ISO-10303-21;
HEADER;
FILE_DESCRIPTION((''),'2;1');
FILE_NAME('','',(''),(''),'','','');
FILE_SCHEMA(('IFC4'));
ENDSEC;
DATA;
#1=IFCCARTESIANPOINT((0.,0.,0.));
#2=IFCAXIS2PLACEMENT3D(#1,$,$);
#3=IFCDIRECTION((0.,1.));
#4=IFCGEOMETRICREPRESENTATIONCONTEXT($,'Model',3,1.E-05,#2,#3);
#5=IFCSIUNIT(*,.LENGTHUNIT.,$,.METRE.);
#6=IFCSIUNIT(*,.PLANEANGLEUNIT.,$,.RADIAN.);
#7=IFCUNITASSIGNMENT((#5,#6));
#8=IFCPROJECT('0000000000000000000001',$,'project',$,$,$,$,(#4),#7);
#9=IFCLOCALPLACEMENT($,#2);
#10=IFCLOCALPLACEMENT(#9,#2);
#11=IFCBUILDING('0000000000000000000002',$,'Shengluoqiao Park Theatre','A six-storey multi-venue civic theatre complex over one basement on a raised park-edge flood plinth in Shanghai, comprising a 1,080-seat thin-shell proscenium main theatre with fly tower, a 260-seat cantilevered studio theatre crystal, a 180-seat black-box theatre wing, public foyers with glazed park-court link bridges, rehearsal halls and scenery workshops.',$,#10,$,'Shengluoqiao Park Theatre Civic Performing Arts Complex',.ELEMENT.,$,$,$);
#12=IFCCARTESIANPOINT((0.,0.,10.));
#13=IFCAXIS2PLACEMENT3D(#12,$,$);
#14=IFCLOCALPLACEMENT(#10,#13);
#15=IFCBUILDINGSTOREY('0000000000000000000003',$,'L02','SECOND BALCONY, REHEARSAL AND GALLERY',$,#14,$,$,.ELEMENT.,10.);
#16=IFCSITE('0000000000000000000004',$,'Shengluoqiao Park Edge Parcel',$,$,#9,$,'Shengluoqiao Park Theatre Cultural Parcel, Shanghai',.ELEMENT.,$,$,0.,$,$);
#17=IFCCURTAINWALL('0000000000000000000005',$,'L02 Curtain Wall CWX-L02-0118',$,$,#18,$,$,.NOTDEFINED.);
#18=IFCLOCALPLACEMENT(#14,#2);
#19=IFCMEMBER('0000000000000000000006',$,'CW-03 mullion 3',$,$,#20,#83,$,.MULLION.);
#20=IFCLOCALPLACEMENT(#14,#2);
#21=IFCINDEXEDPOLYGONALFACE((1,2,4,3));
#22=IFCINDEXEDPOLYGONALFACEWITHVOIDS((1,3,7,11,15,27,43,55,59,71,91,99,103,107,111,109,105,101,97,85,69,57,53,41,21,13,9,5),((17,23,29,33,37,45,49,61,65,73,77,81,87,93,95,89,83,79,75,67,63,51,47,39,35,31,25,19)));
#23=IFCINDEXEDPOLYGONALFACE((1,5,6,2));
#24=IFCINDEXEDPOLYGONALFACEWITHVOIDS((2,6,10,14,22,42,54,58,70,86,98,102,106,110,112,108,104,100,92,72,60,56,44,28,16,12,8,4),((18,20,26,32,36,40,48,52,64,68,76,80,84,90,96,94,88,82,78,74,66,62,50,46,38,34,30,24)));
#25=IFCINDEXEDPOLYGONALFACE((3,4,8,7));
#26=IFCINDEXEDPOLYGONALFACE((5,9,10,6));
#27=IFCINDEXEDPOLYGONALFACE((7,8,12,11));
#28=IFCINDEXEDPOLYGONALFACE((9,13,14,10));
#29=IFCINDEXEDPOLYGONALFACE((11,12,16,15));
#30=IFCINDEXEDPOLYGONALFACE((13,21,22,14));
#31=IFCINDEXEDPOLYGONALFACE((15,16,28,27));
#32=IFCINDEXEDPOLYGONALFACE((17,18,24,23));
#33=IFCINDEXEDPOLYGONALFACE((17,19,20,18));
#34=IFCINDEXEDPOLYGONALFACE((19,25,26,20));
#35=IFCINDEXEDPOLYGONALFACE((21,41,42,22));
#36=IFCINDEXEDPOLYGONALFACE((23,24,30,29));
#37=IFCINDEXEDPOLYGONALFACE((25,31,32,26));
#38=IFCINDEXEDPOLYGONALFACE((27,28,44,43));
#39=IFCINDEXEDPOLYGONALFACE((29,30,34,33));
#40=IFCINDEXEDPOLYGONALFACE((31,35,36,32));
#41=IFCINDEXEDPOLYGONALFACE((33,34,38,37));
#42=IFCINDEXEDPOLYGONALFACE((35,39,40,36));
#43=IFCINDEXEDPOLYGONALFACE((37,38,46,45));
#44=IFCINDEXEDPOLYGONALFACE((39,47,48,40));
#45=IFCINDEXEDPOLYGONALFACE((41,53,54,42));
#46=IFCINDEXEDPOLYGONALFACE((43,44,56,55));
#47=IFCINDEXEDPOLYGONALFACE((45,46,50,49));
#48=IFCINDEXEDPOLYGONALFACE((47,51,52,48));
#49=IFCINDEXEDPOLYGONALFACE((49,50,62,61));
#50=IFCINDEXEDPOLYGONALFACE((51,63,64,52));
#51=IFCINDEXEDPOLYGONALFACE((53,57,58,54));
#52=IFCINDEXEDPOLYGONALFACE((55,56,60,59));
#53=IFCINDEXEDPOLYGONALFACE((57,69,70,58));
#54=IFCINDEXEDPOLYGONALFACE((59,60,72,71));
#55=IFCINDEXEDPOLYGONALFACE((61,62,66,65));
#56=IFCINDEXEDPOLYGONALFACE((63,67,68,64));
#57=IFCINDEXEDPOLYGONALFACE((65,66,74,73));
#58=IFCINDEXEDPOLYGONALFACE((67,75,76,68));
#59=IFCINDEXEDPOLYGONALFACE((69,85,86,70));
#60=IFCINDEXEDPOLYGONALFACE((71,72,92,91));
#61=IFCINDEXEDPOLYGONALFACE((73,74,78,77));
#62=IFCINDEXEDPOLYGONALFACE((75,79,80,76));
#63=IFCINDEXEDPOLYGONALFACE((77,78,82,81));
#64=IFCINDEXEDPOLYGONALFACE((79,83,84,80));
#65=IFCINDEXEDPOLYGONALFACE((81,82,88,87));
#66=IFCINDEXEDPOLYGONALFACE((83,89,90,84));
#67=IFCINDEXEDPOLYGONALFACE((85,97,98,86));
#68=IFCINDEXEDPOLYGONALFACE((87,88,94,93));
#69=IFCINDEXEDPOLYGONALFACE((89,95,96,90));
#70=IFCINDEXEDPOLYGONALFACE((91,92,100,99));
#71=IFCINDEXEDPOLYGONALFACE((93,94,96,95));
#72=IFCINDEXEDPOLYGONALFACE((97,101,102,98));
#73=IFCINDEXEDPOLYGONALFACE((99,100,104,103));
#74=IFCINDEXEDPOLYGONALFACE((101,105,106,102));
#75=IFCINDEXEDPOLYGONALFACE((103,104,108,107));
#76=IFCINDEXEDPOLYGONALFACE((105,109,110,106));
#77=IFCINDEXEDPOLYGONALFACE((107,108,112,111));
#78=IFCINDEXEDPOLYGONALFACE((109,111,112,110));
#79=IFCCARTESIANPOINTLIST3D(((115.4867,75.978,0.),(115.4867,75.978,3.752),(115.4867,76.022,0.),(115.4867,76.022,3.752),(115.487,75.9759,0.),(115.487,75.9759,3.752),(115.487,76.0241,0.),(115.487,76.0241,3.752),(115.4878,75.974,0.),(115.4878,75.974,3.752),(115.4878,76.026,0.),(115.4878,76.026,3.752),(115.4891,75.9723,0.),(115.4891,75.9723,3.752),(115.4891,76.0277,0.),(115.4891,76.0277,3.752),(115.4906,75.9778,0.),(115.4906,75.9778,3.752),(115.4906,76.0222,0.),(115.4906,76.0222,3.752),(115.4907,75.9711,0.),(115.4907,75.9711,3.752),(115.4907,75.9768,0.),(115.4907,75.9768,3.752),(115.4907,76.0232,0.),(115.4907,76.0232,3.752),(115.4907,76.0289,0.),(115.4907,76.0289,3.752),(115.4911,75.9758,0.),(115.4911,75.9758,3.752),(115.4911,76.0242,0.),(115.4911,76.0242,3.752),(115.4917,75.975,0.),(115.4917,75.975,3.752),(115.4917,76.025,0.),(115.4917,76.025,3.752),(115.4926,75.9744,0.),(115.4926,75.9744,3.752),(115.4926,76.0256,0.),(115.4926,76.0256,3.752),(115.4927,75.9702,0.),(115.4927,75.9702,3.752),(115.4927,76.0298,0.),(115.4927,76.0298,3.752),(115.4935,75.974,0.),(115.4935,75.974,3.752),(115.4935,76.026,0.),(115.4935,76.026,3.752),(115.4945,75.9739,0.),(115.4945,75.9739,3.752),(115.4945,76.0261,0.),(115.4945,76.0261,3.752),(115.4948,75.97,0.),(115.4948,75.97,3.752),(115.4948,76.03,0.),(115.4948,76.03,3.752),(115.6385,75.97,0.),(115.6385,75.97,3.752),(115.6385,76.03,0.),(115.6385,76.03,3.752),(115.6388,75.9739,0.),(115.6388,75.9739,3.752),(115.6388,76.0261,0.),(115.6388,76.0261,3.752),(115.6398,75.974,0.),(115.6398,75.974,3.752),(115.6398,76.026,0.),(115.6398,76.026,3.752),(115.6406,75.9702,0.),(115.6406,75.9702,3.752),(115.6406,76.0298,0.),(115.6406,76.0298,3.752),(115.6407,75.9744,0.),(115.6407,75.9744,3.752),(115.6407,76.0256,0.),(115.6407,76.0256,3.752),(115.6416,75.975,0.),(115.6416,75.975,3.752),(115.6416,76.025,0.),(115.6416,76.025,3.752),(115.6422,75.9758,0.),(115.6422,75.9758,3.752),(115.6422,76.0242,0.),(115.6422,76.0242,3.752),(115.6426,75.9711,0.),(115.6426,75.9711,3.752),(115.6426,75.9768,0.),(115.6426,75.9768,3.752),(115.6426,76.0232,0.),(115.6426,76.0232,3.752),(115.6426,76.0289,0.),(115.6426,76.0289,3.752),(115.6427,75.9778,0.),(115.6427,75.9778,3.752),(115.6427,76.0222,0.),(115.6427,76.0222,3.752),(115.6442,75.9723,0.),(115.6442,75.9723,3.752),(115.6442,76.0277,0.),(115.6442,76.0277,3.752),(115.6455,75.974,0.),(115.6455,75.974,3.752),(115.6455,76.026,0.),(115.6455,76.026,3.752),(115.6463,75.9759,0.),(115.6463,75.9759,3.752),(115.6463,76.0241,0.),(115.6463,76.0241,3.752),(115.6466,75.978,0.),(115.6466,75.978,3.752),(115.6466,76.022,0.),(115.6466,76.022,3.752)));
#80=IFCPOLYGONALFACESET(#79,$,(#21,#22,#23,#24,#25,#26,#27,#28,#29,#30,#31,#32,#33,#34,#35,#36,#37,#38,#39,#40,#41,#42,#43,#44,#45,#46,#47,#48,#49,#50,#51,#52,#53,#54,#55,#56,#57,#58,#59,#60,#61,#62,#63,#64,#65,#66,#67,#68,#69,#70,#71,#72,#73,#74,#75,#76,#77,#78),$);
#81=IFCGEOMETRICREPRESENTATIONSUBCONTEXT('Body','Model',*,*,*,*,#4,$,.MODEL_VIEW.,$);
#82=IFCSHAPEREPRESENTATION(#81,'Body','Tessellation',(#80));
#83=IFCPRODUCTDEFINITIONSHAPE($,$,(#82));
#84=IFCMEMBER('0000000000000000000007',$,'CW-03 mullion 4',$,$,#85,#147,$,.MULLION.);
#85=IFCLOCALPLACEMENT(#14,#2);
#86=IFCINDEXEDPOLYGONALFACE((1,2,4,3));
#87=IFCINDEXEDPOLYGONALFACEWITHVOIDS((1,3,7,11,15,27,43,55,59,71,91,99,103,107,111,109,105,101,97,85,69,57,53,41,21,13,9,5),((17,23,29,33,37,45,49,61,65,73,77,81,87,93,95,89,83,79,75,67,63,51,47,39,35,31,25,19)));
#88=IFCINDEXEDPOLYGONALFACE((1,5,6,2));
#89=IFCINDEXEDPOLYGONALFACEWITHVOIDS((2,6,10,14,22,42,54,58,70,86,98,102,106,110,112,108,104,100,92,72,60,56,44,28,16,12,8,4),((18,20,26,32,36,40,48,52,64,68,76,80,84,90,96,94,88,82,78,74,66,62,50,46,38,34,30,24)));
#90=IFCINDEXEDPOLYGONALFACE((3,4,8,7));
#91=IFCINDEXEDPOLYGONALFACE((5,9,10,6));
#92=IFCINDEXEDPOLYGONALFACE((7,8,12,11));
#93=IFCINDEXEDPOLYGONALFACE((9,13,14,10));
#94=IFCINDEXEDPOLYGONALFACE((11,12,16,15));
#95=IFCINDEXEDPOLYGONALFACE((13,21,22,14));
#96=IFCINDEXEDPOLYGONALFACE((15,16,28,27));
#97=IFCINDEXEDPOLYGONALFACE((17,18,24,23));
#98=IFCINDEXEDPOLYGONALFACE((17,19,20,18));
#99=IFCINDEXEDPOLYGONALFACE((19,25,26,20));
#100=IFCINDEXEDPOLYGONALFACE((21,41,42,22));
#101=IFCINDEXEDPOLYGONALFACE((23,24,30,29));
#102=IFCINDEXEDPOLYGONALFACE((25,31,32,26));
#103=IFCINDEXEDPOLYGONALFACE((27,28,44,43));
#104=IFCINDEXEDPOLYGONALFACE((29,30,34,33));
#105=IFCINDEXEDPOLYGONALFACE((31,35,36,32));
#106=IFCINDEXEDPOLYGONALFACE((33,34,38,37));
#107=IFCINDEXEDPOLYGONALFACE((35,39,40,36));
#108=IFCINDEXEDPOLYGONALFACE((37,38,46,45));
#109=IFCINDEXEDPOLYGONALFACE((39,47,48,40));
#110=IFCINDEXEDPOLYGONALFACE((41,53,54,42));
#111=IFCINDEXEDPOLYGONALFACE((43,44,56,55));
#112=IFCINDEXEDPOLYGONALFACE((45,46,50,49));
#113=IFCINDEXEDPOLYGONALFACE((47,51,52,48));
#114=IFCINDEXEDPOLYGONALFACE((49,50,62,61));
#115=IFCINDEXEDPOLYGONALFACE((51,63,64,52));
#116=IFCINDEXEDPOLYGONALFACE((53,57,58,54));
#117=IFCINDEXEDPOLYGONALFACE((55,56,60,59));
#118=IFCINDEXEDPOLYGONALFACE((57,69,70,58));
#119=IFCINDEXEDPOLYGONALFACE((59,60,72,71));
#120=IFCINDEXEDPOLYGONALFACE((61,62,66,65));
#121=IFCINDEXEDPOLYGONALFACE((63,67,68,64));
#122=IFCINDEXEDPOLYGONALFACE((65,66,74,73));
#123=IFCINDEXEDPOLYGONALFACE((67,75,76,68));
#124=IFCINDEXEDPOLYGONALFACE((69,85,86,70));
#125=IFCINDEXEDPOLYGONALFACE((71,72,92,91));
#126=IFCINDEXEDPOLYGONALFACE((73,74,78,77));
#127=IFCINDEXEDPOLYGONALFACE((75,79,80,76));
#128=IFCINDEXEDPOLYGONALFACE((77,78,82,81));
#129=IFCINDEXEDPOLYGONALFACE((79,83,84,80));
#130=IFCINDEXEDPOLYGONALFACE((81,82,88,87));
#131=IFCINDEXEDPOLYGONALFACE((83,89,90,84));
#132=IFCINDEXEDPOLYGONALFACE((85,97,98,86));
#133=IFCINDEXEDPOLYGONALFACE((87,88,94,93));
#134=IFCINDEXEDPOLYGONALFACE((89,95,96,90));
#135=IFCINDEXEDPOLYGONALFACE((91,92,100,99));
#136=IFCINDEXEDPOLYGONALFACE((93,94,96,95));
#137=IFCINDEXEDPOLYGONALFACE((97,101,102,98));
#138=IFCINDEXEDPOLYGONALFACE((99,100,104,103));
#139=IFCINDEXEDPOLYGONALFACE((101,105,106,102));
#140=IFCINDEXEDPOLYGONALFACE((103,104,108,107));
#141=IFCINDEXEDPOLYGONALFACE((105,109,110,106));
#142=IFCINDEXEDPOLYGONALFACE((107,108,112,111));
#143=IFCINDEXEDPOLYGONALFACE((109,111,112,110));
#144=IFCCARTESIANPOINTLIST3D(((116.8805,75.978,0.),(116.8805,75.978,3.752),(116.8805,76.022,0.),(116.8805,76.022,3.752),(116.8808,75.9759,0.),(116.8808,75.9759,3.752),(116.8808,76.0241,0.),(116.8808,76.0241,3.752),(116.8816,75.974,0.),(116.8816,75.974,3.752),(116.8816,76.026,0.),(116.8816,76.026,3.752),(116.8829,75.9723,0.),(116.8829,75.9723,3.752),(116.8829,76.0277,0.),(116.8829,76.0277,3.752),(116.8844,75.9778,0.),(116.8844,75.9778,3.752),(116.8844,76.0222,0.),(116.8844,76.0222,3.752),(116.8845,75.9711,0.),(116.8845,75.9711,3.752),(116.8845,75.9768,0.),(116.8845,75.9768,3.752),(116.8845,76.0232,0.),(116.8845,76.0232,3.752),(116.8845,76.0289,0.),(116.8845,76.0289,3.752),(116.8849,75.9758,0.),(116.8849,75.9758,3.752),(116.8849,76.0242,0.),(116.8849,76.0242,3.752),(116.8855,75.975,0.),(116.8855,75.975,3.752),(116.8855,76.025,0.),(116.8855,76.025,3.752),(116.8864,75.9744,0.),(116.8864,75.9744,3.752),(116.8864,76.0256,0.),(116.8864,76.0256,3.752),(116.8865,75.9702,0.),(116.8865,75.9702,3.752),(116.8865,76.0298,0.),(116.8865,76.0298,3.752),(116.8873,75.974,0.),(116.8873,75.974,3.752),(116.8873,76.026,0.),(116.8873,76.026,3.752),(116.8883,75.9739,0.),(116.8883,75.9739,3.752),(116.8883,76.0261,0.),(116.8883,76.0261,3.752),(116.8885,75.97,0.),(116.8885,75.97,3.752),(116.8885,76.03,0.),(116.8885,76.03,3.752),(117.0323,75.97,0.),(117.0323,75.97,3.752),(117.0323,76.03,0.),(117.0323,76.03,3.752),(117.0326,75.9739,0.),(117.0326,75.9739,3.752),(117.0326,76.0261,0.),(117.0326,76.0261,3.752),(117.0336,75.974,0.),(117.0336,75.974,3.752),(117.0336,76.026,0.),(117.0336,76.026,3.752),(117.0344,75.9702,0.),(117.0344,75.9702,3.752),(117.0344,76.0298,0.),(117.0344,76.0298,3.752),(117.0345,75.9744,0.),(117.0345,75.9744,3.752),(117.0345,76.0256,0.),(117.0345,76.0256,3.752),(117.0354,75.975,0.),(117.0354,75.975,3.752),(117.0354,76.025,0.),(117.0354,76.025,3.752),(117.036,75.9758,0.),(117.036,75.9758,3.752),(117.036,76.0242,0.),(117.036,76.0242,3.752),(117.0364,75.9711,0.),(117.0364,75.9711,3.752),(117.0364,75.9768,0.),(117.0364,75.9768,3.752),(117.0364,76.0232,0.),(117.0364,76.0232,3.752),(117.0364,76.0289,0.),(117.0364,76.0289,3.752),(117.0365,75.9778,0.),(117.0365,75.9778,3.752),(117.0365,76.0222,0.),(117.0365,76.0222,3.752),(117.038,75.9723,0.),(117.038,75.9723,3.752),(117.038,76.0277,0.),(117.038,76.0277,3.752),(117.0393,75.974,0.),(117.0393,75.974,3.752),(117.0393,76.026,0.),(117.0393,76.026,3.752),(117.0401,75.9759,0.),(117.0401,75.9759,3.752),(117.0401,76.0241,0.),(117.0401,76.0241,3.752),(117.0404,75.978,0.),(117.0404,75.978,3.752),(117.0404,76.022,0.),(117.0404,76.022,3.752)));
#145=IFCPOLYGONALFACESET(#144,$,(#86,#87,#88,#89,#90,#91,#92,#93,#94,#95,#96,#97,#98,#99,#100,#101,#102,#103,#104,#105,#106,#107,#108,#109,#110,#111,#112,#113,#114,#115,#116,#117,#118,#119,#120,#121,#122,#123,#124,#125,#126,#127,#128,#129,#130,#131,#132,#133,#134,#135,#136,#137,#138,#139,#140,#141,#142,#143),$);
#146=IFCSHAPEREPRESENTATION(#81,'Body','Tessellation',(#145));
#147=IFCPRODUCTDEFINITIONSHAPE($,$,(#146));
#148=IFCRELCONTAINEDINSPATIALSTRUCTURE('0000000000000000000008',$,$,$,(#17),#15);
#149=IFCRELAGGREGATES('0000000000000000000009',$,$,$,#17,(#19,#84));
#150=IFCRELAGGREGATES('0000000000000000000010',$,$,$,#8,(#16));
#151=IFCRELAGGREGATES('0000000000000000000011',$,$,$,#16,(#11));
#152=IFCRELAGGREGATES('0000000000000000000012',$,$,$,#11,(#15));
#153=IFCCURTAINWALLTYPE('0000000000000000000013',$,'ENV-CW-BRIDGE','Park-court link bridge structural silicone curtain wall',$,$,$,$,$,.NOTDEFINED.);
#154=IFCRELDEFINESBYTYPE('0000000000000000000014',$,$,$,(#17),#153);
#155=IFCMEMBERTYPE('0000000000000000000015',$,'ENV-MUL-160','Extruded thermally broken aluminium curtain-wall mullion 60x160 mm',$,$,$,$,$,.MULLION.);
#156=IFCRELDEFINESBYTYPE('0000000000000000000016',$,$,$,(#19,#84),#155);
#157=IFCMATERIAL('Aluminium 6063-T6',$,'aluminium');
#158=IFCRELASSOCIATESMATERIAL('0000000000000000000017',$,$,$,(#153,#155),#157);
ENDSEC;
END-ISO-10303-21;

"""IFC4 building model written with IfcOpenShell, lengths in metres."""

from ifc_helpers import new_model, si_unit, direction, frame, origin, origin_2d, place, context, subcontext, project, spatial, hollow_rectangle, extrude, material, material_profile, profile_set, type_object, element, aggregate, save


model = new_model("IFC4")

# Units and contexts
model_context = context("Model", 3, precision=1e-05, world=origin(), true_north=direction((0.0, 1.0)))
body_context = subcontext(model_context, "Body", "Model", "MODEL_VIEW")
ifc_project = project(units=[si_unit("LENGTHUNIT", "METRE"), si_unit("PLANEANGLEUNIT", "RADIAN")], contexts=[model_context])

# Site, building, storey
site_placement = place(None, origin())
site = spatial("IfcSite", under=ifc_project, at=site_placement, Name="Shengluoqiao Park Edge Parcel", LongName="Shengluoqiao Park Theatre Cultural Parcel, Shanghai", CompositionType="ELEMENT", RefElevation=0.0)
building_placement = place(site_placement, origin())
building = spatial("IfcBuilding", under=site, at=building_placement, Name="Shengluoqiao Park Theatre", Description="A six-storey multi-venue civic theatre complex over one basement on a raised park-edge flood plinth in Shanghai, comprising a 1,080-seat thin-shell proscenium main theatre with fly tower, a 260-seat cantilevered studio theatre crystal, a 180-seat black-box theatre wing, public foyers with glazed park-court link bridges, rehearsal halls and scenery workshops.", LongName="Shengluoqiao Park Theatre Civic Performing Arts Complex", CompositionType="ELEMENT")
storey_placement = place(building_placement, frame((0.0, 0.0, 10.0)))
storey = spatial("IfcBuildingStorey", under=building, at=storey_placement, Name="L02", Description="SECOND BALCONY, REHEARSAL AND GALLERY", CompositionType="ELEMENT", Elevation=10.0)

# Curtain wall, members
ifc_material_1 = material(Name="Aluminium 6063-T6", Category="aluminium")
curtain_wall_type = type_object("IfcCurtainWallType", Name="ENV-CW-BRIDGE", Description="Park-court link bridge structural silicone curtain wall", PredefinedType="NOTDEFINED", material=ifc_material_1)
curtain_wall_placement = place(storey_placement, origin())
curtain_wall = element("IfcCurtainWall", 1, at=curtain_wall_placement, inside=storey, type_object=curtain_wall_type, Name="L02 Curtain Wall CWX-L02-0118", PredefinedType="NOTDEFINED")
ifc_material_profile_1 = material_profile(ifc_material_1, hollow_rectangle(XDim=0.0601, YDim=0.1599, WallThickness=0.0039, InnerFilletRadius=0.0039, OuterFilletRadius=0.0081, at=origin_2d()), Name="ALU MULLION 160x60x4")
ifc_profile_set_1 = profile_set([ifc_material_profile_1], Name="Aluminium 6063-T6")
member_type_1 = type_object("IfcMemberType", Name="ENV-MUL-160", Description="Extruded thermally broken aluminium curtain-wall mullion 60x160 mm", PredefinedType="MULLION", material=ifc_profile_set_1)
member_1_placement = place(storey_placement, frame((115.5667, 76.0, 0.0), z_axis=(0.0, 0.0, 1.0), x_axis=(0.0, 1.0, 0.0)))
member_1 = element("IfcMember", 2, at=member_1_placement, type_object=member_type_1, Name="CW-03 mullion 3", PredefinedType="MULLION", context=body_context, shape_type="SweptSolid", body=[
    extrude(hollow_rectangle(XDim=0.0601, YDim=0.1599, WallThickness=0.0039, InnerFilletRadius=0.0039, OuterFilletRadius=0.0081, at=origin_2d()), origin(), (0.0, 0.0, 1.0), 3.752),
])
member_2_placement = place(storey_placement, frame((116.9604, 76.0, 0.0), z_axis=(0.0, 0.0, 1.0), x_axis=(0.0, 1.0, 0.0)))
member_2 = element("IfcMember", 3, at=member_2_placement, type_object=member_type_1, Name="CW-03 mullion 4", PredefinedType="MULLION", context=body_context, shape_type="SweptSolid", body=[
    extrude(hollow_rectangle(XDim=0.0601, YDim=0.1599, WallThickness=0.0039, InnerFilletRadius=0.0039, OuterFilletRadius=0.0081, at=origin_2d()), origin(), (0.0, 0.0, 1.0), 3.752),
])
aggregate(curtain_wall, [member_1, member_2])

save(model, "model.ifc")
